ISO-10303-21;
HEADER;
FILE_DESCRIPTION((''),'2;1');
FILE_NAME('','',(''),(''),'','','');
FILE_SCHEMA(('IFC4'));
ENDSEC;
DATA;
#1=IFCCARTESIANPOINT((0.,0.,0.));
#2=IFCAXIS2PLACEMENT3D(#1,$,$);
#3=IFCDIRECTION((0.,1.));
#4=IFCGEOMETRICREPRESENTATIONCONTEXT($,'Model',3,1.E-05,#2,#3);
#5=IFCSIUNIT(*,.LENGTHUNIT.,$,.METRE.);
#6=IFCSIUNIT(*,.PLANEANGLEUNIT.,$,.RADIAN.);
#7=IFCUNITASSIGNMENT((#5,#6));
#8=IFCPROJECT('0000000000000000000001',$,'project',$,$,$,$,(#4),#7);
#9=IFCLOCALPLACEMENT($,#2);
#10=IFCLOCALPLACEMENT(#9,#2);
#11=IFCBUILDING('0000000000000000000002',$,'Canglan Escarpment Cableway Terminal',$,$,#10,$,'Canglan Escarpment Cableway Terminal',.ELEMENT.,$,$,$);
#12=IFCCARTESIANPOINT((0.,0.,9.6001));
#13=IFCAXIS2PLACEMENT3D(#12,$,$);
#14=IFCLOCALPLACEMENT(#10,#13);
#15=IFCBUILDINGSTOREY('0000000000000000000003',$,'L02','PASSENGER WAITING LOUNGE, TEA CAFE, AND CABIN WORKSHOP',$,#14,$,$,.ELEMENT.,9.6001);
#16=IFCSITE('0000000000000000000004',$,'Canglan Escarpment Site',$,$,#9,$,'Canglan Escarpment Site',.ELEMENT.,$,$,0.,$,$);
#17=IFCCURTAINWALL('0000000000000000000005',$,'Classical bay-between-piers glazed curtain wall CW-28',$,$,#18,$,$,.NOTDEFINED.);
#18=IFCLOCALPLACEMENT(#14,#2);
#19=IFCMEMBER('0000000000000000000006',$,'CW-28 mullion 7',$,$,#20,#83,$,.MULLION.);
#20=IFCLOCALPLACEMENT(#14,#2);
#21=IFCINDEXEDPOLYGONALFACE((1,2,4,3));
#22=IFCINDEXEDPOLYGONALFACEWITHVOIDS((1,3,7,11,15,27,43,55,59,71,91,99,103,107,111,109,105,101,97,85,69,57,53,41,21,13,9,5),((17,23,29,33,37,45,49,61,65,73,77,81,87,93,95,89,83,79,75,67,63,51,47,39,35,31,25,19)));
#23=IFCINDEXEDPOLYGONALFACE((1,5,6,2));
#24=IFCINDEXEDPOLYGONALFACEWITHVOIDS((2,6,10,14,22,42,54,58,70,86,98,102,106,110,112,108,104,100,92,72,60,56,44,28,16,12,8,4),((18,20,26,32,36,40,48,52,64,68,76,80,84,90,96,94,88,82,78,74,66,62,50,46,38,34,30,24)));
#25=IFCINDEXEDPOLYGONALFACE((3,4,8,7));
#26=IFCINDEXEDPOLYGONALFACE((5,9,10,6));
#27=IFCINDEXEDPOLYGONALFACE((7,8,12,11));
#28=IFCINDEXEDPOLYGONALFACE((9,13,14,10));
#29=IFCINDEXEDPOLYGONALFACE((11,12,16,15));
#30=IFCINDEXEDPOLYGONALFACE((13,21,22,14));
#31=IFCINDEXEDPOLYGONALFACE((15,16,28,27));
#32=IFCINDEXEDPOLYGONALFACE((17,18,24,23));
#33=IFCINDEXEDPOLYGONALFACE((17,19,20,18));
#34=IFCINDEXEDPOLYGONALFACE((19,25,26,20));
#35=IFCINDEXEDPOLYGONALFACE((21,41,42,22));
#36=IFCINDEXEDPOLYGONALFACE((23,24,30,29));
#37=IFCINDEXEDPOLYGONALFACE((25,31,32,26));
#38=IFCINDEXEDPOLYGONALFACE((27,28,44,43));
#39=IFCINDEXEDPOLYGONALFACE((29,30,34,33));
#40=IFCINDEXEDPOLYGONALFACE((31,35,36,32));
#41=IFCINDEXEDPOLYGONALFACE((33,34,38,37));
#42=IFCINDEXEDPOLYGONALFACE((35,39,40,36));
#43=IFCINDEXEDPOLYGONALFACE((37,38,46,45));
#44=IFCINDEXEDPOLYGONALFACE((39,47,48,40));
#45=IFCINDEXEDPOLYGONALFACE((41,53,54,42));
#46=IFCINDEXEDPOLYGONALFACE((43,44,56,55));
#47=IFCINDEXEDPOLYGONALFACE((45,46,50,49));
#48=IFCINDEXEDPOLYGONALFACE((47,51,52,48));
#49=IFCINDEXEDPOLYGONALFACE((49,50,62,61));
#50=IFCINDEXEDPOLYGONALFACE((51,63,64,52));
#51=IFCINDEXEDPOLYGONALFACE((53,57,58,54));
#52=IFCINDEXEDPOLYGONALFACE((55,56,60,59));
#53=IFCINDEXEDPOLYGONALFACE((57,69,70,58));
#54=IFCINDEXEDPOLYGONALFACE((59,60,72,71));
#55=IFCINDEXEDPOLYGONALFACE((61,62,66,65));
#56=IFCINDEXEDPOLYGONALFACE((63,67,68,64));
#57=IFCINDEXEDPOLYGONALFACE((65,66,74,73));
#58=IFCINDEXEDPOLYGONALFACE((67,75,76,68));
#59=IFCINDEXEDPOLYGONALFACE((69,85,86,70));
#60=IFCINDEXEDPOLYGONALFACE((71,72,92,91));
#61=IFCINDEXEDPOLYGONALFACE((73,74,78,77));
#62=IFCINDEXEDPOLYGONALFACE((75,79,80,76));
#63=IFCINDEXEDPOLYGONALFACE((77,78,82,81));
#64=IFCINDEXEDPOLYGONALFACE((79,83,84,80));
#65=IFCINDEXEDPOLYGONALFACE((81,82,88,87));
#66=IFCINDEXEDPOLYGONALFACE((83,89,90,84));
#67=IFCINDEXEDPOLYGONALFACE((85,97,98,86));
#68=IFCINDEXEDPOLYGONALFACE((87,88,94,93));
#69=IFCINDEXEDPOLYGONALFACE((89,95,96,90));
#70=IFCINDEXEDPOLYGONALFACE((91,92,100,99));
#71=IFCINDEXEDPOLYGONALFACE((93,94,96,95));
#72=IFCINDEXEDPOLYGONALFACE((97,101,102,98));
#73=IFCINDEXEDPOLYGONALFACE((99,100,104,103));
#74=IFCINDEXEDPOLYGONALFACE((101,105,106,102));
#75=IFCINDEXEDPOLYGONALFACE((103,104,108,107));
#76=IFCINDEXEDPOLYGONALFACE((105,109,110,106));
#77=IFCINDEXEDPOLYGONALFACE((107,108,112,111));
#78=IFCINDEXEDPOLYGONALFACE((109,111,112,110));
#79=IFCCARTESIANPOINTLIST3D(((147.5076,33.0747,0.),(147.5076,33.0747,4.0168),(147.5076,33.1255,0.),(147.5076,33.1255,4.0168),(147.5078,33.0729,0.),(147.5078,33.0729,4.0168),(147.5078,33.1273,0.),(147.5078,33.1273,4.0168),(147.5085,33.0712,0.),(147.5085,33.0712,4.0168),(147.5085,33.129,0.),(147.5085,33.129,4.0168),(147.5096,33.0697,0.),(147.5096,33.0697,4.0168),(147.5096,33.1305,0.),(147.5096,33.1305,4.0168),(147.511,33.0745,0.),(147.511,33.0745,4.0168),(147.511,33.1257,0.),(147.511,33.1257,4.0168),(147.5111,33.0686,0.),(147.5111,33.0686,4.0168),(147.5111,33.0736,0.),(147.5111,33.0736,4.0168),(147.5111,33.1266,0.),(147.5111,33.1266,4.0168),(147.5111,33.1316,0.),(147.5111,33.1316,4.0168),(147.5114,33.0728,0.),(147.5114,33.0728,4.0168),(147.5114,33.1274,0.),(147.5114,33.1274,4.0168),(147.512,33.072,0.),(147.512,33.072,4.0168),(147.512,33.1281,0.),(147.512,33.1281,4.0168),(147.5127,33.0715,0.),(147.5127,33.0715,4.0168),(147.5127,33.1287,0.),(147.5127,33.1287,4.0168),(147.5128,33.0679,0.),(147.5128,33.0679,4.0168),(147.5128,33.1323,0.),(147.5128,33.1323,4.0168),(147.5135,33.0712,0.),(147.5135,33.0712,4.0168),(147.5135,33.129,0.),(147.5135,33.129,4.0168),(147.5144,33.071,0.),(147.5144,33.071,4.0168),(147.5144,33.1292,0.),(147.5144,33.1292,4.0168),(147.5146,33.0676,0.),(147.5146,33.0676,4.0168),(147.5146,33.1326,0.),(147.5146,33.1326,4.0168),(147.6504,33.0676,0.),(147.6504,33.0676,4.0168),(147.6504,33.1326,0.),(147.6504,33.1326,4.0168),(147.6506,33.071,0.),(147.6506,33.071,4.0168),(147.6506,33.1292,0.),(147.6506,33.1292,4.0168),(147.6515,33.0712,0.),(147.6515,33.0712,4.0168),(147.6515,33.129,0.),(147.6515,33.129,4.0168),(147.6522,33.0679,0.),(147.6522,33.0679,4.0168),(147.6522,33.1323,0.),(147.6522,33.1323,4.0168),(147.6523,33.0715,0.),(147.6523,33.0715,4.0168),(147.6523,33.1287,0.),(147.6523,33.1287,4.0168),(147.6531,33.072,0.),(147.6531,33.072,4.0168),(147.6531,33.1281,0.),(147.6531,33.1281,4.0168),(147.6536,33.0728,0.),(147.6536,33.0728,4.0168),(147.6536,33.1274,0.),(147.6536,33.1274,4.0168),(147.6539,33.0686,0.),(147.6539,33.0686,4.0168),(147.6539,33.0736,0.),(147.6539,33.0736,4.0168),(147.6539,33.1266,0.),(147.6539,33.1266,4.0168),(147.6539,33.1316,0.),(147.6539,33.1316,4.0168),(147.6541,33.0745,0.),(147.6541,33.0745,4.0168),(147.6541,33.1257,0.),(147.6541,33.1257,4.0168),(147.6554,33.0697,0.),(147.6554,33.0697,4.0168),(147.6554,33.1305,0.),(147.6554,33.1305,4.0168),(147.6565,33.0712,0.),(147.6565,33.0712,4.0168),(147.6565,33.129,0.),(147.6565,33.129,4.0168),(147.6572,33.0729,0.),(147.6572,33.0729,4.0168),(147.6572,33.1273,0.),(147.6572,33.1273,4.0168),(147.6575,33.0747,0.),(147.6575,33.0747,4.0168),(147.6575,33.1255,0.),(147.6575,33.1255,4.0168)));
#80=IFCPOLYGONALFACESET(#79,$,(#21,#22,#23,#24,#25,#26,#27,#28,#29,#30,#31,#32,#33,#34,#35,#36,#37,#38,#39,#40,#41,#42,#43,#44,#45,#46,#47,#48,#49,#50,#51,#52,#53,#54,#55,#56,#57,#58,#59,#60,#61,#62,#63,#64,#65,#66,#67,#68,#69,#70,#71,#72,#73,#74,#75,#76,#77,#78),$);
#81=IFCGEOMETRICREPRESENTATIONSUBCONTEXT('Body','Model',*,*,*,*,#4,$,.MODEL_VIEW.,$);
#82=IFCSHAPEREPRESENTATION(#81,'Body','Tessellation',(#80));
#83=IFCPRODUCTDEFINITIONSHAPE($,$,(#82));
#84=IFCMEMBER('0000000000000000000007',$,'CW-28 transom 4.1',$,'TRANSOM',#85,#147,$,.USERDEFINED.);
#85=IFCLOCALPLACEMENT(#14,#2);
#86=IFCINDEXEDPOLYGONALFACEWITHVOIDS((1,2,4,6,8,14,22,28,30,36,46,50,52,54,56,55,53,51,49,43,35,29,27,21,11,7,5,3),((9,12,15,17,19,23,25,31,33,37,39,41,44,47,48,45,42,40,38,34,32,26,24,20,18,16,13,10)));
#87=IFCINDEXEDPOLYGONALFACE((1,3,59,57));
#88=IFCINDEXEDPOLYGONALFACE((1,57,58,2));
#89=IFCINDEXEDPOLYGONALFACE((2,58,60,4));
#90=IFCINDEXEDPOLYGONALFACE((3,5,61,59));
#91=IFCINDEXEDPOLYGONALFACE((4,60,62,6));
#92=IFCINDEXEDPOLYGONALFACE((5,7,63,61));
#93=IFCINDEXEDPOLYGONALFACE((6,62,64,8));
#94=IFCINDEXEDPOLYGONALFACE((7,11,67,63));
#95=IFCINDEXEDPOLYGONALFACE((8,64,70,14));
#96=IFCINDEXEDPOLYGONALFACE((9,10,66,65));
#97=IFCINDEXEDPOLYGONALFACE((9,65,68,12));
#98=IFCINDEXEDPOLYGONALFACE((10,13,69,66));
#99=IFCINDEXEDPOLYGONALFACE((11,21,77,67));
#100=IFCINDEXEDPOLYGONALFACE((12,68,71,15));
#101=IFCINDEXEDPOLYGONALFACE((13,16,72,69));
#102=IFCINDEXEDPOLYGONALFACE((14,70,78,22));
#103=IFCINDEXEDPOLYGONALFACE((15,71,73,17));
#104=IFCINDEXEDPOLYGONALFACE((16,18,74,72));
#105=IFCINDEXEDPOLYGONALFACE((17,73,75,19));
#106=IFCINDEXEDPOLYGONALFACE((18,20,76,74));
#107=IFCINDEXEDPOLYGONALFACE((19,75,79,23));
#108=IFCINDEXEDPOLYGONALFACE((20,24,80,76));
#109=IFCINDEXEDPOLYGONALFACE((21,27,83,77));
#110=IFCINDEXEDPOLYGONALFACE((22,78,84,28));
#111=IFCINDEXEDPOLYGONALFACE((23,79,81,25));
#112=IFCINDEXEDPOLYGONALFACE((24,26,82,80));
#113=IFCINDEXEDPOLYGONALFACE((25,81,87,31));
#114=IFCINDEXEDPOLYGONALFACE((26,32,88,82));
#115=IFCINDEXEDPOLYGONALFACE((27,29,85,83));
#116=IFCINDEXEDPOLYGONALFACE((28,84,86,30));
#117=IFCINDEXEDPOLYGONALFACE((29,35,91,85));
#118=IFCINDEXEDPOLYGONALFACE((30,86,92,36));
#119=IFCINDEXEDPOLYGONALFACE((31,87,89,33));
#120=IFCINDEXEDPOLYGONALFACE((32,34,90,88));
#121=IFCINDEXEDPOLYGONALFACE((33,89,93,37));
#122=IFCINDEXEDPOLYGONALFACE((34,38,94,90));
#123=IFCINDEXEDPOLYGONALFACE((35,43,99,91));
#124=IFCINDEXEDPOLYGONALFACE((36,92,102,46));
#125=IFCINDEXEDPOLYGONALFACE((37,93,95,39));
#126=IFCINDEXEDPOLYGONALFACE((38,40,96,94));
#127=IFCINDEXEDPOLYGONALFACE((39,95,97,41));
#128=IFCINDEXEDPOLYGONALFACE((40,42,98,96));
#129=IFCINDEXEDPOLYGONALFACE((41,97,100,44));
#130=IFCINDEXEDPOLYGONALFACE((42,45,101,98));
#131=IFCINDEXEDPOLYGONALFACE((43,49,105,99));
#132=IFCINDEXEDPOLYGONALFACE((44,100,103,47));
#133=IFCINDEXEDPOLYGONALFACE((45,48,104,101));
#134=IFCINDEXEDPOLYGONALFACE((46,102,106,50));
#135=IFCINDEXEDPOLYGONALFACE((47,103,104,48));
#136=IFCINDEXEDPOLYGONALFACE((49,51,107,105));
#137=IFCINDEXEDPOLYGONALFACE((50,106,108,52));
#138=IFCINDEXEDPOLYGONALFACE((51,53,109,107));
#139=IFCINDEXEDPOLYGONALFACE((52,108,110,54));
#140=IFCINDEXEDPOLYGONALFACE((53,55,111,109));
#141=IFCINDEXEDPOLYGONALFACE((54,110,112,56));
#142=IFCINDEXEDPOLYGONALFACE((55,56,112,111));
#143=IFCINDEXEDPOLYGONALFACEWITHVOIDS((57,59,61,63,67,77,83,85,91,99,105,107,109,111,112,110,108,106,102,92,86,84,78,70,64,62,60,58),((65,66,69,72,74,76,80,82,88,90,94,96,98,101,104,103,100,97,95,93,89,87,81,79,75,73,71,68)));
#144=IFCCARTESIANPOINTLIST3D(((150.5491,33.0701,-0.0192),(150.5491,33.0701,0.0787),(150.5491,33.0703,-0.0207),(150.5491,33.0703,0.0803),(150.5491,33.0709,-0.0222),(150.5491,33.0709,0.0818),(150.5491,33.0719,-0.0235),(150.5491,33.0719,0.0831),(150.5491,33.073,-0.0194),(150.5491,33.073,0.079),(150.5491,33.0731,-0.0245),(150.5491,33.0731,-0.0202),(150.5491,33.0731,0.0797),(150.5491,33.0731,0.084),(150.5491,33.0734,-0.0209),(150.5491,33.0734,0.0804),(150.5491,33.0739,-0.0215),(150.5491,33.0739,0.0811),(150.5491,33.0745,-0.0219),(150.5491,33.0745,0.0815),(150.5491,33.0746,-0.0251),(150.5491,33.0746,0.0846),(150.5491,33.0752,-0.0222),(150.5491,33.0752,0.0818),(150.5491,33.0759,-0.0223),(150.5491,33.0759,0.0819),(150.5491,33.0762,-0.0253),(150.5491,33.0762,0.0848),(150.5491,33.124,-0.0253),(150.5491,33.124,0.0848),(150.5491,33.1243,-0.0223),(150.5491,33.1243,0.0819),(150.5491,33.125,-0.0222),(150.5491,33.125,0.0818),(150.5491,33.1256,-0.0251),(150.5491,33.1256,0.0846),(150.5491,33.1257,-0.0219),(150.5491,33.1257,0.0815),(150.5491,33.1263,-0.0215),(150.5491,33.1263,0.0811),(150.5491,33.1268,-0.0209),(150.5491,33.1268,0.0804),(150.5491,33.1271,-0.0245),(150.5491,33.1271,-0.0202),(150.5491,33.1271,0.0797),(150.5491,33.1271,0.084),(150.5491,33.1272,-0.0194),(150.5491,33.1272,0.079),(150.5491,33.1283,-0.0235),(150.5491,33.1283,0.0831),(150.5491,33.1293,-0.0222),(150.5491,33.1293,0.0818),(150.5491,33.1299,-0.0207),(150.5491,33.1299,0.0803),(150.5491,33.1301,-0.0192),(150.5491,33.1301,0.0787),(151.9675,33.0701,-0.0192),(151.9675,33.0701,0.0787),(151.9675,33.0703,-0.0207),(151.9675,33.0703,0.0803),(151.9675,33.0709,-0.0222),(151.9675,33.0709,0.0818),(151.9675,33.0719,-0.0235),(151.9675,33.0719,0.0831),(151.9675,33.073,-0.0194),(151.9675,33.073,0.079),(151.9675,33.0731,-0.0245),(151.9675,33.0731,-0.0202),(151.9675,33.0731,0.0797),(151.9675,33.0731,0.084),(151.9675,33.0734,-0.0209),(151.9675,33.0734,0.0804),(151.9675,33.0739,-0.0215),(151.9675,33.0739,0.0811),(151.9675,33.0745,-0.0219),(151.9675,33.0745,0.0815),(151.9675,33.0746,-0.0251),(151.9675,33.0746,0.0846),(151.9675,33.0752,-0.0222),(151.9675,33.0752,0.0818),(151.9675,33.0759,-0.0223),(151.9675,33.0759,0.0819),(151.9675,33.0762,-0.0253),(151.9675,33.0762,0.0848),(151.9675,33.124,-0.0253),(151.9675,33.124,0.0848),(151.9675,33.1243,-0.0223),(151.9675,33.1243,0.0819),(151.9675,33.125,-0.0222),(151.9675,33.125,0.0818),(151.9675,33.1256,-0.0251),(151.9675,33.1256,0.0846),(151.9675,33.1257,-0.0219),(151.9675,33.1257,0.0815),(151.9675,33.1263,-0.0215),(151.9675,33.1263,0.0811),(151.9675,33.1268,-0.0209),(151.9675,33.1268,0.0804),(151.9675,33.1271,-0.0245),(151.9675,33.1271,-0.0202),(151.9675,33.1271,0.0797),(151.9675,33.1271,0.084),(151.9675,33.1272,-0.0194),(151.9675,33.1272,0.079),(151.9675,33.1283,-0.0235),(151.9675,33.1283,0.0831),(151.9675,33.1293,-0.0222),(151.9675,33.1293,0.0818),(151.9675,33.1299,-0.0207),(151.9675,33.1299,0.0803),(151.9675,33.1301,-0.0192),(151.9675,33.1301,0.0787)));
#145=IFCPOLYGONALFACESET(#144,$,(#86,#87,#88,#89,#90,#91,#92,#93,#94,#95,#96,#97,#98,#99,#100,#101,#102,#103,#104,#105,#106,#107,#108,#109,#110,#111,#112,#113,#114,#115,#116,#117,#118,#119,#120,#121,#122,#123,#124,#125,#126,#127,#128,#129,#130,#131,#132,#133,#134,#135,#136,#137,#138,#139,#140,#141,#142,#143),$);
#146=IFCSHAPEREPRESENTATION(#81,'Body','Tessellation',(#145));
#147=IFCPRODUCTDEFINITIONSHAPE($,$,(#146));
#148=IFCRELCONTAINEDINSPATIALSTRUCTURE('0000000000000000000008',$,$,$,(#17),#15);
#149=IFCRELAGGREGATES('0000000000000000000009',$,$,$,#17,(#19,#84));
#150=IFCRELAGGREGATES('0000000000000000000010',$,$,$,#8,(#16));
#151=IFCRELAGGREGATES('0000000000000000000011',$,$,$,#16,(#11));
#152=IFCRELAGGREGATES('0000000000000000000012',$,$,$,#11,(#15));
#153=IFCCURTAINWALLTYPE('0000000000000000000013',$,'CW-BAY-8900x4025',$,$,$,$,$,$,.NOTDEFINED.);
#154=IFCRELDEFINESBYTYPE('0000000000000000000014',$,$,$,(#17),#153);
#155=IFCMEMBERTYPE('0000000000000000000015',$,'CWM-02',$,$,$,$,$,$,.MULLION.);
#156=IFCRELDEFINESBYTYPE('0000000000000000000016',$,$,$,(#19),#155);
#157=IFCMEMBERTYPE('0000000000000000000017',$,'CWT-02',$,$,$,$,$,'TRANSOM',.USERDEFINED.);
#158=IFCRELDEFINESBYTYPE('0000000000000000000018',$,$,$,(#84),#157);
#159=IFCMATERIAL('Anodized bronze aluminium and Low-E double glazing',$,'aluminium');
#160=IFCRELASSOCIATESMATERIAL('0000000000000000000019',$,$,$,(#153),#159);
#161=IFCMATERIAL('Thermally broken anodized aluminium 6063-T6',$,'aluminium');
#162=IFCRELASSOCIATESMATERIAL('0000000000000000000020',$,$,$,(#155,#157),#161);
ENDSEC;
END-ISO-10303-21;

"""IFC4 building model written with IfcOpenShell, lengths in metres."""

from ifc_helpers import new_model, si_unit, direction, frame, origin, origin_2d, place, context, subcontext, project, spatial, hollow_rectangle, extrude, material, material_profile, profile_set, type_object, element, aggregate, save


model = new_model("IFC4")

# Units and contexts
model_context = context("Model", 3, precision=1e-05, world=origin(), true_north=direction((0.0, 1.0)))
body_context = subcontext(model_context, "Body", "Model", "MODEL_VIEW")
ifc_project = project(units=[si_unit("LENGTHUNIT", "METRE"), si_unit("PLANEANGLEUNIT", "RADIAN")], contexts=[model_context])

# Site, building, storey
site_placement = place(None, origin())
site = spatial("IfcSite", under=ifc_project, at=site_placement, Name="Canglan Escarpment Site", LongName="Canglan Escarpment Site", CompositionType="ELEMENT", RefElevation=0.0)
building_placement = place(site_placement, origin())
building = spatial("IfcBuilding", under=site, at=building_placement, Name="Canglan Escarpment Cableway Terminal", LongName="Canglan Escarpment Cableway Terminal", CompositionType="ELEMENT")
storey_placement = place(building_placement, frame((0.0, 0.0, 9.6001)))
storey = spatial("IfcBuildingStorey", under=building, at=storey_placement, Name="L02", Description="PASSENGER WAITING LOUNGE, TEA CAFE, AND CABIN WORKSHOP", CompositionType="ELEMENT", Elevation=9.6001)

# Curtain wall, members
ifc_material_1 = material(Name="Anodized bronze aluminium and Low-E double glazing", Category="aluminium")
curtain_wall_type = type_object("IfcCurtainWallType", Name="CW-BAY-8900x4025", PredefinedType="NOTDEFINED", material=ifc_material_1)
curtain_wall_placement = place(storey_placement, origin())
curtain_wall = element("IfcCurtainWall", 1, at=curtain_wall_placement, inside=storey, type_object=curtain_wall_type, Name="Classical bay-between-piers glazed curtain wall CW-28", PredefinedType="NOTDEFINED")
ifc_material_2 = material(Name="Thermally broken anodized aluminium 6063-T6", Category="aluminium")
ifc_material_profile_1 = material_profile(ifc_material_2, hollow_rectangle(XDim=0.0649, YDim=0.1499, WallThickness=0.0034, InnerFilletRadius=0.0034, OuterFilletRadius=0.0071, at=origin_2d()), Name="ALU-MULL 65x150x3.5")
ifc_profile_set_1 = profile_set([ifc_material_profile_1], Name="Thermally broken anodized aluminium 6063-T6")
member_type_1 = type_object("IfcMemberType", Name="CWM-02", PredefinedType="MULLION", material=ifc_profile_set_1)
member_1_placement = place(storey_placement, frame((147.5825, 33.1001, 0.0), z_axis=(0.0, 0.0, 1.0), x_axis=(0.0, -1.0, 0.0)))
member_1 = element("IfcMember", 2, at=member_1_placement, type_object=member_type_1, Name="CW-28 mullion 7", PredefinedType="MULLION", context=body_context, shape_type="SweptSolid", body=[
    extrude(hollow_rectangle(XDim=0.0649, YDim=0.1499, WallThickness=0.0034, InnerFilletRadius=0.0034, OuterFilletRadius=0.0071, at=origin_2d()), origin(), (0.0, 0.0, 1.0), 4.0168),
])
ifc_material_profile_2 = material_profile(ifc_material_2, hollow_rectangle(XDim=0.0601, YDim=0.1101, WallThickness=0.0029, InnerFilletRadius=0.0029, OuterFilletRadius=0.0061, at=origin_2d()), Name="ALU-TRAN 60x110x3")
ifc_profile_set_2 = profile_set([ifc_material_profile_2], Name="Thermally broken anodized aluminium 6063-T6")
member_type_2 = type_object("IfcMemberType", Name="CWT-02", ElementType="TRANSOM", PredefinedType="USERDEFINED", material=ifc_profile_set_2)
member_2_placement = place(storey_placement, frame((151.9675, 33.1001, 0.0298), z_axis=(-1.0, 0.0, 0.0), x_axis=(0.0, -1.0, 0.0)))
member_2 = element("IfcMember", 3, at=member_2_placement, type_object=member_type_2, Name="CW-28 transom 4.1", ObjectType="TRANSOM", PredefinedType="USERDEFINED", context=body_context, shape_type="SweptSolid", body=[
    extrude(hollow_rectangle(XDim=0.0601, YDim=0.1101, WallThickness=0.0029, InnerFilletRadius=0.0029, OuterFilletRadius=0.0061, at=origin_2d()), origin(), (0.0, 0.0, 1.0), 1.4185),
])
aggregate(curtain_wall, [member_1, member_2])

save(model, "model.ifc")
